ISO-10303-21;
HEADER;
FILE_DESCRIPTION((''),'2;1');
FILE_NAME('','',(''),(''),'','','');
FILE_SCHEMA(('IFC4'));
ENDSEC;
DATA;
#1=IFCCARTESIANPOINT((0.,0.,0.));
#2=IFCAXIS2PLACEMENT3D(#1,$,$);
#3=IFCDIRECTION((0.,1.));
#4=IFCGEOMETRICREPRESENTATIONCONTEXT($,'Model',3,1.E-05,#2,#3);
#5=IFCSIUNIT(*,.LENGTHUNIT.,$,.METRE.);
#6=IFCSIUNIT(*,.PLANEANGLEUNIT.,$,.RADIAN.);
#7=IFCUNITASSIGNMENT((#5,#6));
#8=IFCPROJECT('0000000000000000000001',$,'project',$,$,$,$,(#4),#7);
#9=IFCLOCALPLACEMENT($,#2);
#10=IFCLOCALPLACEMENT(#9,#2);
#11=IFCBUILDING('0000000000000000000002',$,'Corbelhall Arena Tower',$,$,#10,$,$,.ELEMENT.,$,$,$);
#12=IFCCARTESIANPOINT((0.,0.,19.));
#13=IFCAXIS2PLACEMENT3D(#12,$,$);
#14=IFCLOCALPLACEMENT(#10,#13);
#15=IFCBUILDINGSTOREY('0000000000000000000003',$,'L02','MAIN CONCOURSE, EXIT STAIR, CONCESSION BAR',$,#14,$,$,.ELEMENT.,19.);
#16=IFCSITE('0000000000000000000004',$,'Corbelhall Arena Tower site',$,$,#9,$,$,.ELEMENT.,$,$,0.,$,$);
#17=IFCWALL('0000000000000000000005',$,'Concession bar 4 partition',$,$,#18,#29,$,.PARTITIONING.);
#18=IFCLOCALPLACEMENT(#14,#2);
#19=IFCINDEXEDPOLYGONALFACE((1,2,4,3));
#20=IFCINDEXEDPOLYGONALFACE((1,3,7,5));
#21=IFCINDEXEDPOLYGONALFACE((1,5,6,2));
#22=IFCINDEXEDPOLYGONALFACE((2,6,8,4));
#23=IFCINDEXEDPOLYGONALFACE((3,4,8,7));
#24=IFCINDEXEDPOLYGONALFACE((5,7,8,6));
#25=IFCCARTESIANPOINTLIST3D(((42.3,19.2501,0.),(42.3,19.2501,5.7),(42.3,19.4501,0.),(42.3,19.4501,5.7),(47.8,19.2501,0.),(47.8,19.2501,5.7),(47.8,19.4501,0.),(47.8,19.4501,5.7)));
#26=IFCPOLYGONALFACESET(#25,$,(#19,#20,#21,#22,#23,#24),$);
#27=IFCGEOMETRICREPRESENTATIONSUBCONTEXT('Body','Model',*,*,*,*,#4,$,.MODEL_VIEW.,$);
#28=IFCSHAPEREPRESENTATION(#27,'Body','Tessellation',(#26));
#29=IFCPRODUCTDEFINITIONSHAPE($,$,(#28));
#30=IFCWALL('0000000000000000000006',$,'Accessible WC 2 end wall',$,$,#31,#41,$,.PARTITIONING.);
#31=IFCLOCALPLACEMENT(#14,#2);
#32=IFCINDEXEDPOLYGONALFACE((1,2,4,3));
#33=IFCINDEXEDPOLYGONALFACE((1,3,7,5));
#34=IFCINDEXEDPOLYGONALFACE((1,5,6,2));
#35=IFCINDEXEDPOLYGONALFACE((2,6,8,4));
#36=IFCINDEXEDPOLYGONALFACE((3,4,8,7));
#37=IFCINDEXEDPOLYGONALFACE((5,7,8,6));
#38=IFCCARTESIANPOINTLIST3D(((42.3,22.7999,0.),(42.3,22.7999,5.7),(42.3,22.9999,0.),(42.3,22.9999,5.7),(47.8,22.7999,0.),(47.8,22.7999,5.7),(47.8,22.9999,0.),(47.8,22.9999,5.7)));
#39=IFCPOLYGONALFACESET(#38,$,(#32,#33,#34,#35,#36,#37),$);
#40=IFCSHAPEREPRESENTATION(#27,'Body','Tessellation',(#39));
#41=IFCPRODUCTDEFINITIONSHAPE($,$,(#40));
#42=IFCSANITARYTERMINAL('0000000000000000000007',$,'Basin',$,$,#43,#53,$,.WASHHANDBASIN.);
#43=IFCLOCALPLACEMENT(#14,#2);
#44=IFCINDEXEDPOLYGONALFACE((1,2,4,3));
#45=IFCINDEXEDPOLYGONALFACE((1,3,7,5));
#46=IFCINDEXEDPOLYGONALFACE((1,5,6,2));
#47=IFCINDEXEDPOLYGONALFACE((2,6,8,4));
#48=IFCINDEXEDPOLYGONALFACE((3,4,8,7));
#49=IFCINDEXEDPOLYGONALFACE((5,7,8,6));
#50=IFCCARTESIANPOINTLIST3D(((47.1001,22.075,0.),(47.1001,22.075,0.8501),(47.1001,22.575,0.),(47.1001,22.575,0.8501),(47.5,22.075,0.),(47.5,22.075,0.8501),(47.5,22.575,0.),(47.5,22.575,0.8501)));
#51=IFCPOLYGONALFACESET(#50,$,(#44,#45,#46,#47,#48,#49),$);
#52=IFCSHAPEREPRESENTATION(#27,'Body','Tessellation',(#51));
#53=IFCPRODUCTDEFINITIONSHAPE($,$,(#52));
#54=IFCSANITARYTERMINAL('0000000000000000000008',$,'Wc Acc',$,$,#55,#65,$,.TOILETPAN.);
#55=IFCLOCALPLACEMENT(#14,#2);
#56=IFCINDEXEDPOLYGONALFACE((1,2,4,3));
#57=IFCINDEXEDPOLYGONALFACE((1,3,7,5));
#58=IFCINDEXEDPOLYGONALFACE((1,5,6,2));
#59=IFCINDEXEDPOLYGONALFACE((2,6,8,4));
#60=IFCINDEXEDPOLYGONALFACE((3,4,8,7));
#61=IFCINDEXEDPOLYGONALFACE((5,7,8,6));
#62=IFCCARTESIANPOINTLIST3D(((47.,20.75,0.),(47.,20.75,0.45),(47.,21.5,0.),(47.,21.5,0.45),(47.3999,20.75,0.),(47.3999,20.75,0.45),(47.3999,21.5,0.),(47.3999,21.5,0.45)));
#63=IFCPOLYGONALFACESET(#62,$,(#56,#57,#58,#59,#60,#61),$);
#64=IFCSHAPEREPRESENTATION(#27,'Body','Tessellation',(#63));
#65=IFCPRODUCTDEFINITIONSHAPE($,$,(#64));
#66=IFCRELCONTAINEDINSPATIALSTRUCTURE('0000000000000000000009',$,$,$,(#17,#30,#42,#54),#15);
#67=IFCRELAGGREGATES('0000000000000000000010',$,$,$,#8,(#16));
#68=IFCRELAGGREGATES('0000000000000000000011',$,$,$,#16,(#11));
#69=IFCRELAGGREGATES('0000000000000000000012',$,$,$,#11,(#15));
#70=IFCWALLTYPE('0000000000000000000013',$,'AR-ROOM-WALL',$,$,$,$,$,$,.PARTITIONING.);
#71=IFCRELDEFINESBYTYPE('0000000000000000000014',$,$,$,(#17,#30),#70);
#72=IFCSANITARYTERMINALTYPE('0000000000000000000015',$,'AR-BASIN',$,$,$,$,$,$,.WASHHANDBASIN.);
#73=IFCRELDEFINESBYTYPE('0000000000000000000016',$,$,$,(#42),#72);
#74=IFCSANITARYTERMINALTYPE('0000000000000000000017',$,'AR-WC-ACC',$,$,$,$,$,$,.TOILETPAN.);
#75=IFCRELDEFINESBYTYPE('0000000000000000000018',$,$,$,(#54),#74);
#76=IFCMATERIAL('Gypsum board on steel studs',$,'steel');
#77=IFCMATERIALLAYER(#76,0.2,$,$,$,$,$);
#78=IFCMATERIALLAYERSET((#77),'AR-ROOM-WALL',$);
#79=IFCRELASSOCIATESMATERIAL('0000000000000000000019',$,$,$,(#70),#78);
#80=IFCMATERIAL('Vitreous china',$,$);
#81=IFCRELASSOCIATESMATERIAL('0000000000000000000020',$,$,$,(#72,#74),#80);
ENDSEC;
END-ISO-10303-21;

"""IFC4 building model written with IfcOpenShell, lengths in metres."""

from ifc_helpers import new_model, si_unit, direction, frame, frame_2d, origin, origin_2d, place, context, subcontext, project, spatial, rectangle, extrude, material, layer, layer_set, type_object, element, save


model = new_model("IFC4")

# Units and contexts
model_context = context("Model", 3, precision=1e-05, world=origin(), true_north=direction((0.0, 1.0)))
body_context = subcontext(model_context, "Body", "Model", "MODEL_VIEW")
ifc_project = project(units=[si_unit("LENGTHUNIT", "METRE"), si_unit("PLANEANGLEUNIT", "RADIAN")], contexts=[model_context])

# Site, building, storey
site_placement = place(None, origin())
site = spatial("IfcSite", under=ifc_project, at=site_placement, Name="Corbelhall Arena Tower site", CompositionType="ELEMENT", RefElevation=0.0)
building_placement = place(site_placement, origin())
building = spatial("IfcBuilding", under=site, at=building_placement, Name="Corbelhall Arena Tower", CompositionType="ELEMENT")
storey_placement = place(building_placement, frame((0.0, 0.0, 19.0)))
storey = spatial("IfcBuildingStorey", under=building, at=storey_placement, Name="L02", Description="MAIN CONCOURSE, EXIT STAIR, CONCESSION BAR", CompositionType="ELEMENT", Elevation=19.0)

# Walls
ifc_material_1 = material(Name="Gypsum board on steel studs", Category="steel")
ifc_layer_1 = layer(ifc_material_1, 0.2)
ifc_layer_set_1 = layer_set([ifc_layer_1], Name="AR-ROOM-WALL")
wall_type_1 = type_object("IfcWallType", Name="AR-ROOM-WALL", PredefinedType="PARTITIONING", material=ifc_layer_set_1)
for number, where, z_axis, x_axis, name in (
    (1, (42.3, 19.3501, 0.0), (0.0, 0.0, 1.0), (1.0, 0.0, 0.0), "Concession bar 4 partition"),
    (2, (42.3, 22.8999, 0.0), (0.0, 0.0, 1.0), (1.0, 0.0, 0.0), "Accessible WC 2 end wall"),
):
    element("IfcWall", number, at=place(storey_placement, frame(where, z_axis=z_axis, x_axis=x_axis)), inside=storey, type_object=wall_type_1, Name=name, PredefinedType="PARTITIONING", context=body_context, shape_type="SweptSolid", body=[
        extrude(rectangle(XDim=5.5, YDim=0.2, at=frame_2d((2.75, 0.0))), origin(), (0.0, 0.0, 1.0), 5.7),
    ])

# Sanitary terminals
ifc_material_2 = material(Name="Vitreous china")
sanitary_terminal_type_1 = type_object("IfcSanitaryTerminalType", Name="AR-BASIN", PredefinedType="WASHHANDBASIN", material=ifc_material_2)
sanitary_terminal_1_placement = place(storey_placement, frame((47.3, 22.325, 0.0), z_axis=(0.0, 0.0, 1.0), x_axis=(1.0, 0.0, 0.0)))
element("IfcSanitaryTerminal", 3, at=sanitary_terminal_1_placement, inside=storey, type_object=sanitary_terminal_type_1, Name="Basin", PredefinedType="WASHHANDBASIN", context=body_context, shape_type="SweptSolid", body=[
    extrude(rectangle(XDim=0.3999, YDim=0.5, at=origin_2d()), origin(), (0.0, 0.0, 1.0), 0.8501),
])
sanitary_terminal_type_2 = type_object("IfcSanitaryTerminalType", Name="AR-WC-ACC", PredefinedType="TOILETPAN", material=ifc_material_2)
sanitary_terminal_2_placement = place(storey_placement, frame((47.2, 21.125, 0.0), z_axis=(0.0, 0.0, 1.0), x_axis=(1.0, 0.0, 0.0)))
element("IfcSanitaryTerminal", 4, at=sanitary_terminal_2_placement, inside=storey, type_object=sanitary_terminal_type_2, Name="Wc Acc", PredefinedType="TOILETPAN", context=body_context, shape_type="SweptSolid", body=[
    extrude(rectangle(XDim=0.3999, YDim=0.75, at=origin_2d()), origin(), (0.0, 0.0, 1.0), 0.45),
])

save(model, "model.ifc")
